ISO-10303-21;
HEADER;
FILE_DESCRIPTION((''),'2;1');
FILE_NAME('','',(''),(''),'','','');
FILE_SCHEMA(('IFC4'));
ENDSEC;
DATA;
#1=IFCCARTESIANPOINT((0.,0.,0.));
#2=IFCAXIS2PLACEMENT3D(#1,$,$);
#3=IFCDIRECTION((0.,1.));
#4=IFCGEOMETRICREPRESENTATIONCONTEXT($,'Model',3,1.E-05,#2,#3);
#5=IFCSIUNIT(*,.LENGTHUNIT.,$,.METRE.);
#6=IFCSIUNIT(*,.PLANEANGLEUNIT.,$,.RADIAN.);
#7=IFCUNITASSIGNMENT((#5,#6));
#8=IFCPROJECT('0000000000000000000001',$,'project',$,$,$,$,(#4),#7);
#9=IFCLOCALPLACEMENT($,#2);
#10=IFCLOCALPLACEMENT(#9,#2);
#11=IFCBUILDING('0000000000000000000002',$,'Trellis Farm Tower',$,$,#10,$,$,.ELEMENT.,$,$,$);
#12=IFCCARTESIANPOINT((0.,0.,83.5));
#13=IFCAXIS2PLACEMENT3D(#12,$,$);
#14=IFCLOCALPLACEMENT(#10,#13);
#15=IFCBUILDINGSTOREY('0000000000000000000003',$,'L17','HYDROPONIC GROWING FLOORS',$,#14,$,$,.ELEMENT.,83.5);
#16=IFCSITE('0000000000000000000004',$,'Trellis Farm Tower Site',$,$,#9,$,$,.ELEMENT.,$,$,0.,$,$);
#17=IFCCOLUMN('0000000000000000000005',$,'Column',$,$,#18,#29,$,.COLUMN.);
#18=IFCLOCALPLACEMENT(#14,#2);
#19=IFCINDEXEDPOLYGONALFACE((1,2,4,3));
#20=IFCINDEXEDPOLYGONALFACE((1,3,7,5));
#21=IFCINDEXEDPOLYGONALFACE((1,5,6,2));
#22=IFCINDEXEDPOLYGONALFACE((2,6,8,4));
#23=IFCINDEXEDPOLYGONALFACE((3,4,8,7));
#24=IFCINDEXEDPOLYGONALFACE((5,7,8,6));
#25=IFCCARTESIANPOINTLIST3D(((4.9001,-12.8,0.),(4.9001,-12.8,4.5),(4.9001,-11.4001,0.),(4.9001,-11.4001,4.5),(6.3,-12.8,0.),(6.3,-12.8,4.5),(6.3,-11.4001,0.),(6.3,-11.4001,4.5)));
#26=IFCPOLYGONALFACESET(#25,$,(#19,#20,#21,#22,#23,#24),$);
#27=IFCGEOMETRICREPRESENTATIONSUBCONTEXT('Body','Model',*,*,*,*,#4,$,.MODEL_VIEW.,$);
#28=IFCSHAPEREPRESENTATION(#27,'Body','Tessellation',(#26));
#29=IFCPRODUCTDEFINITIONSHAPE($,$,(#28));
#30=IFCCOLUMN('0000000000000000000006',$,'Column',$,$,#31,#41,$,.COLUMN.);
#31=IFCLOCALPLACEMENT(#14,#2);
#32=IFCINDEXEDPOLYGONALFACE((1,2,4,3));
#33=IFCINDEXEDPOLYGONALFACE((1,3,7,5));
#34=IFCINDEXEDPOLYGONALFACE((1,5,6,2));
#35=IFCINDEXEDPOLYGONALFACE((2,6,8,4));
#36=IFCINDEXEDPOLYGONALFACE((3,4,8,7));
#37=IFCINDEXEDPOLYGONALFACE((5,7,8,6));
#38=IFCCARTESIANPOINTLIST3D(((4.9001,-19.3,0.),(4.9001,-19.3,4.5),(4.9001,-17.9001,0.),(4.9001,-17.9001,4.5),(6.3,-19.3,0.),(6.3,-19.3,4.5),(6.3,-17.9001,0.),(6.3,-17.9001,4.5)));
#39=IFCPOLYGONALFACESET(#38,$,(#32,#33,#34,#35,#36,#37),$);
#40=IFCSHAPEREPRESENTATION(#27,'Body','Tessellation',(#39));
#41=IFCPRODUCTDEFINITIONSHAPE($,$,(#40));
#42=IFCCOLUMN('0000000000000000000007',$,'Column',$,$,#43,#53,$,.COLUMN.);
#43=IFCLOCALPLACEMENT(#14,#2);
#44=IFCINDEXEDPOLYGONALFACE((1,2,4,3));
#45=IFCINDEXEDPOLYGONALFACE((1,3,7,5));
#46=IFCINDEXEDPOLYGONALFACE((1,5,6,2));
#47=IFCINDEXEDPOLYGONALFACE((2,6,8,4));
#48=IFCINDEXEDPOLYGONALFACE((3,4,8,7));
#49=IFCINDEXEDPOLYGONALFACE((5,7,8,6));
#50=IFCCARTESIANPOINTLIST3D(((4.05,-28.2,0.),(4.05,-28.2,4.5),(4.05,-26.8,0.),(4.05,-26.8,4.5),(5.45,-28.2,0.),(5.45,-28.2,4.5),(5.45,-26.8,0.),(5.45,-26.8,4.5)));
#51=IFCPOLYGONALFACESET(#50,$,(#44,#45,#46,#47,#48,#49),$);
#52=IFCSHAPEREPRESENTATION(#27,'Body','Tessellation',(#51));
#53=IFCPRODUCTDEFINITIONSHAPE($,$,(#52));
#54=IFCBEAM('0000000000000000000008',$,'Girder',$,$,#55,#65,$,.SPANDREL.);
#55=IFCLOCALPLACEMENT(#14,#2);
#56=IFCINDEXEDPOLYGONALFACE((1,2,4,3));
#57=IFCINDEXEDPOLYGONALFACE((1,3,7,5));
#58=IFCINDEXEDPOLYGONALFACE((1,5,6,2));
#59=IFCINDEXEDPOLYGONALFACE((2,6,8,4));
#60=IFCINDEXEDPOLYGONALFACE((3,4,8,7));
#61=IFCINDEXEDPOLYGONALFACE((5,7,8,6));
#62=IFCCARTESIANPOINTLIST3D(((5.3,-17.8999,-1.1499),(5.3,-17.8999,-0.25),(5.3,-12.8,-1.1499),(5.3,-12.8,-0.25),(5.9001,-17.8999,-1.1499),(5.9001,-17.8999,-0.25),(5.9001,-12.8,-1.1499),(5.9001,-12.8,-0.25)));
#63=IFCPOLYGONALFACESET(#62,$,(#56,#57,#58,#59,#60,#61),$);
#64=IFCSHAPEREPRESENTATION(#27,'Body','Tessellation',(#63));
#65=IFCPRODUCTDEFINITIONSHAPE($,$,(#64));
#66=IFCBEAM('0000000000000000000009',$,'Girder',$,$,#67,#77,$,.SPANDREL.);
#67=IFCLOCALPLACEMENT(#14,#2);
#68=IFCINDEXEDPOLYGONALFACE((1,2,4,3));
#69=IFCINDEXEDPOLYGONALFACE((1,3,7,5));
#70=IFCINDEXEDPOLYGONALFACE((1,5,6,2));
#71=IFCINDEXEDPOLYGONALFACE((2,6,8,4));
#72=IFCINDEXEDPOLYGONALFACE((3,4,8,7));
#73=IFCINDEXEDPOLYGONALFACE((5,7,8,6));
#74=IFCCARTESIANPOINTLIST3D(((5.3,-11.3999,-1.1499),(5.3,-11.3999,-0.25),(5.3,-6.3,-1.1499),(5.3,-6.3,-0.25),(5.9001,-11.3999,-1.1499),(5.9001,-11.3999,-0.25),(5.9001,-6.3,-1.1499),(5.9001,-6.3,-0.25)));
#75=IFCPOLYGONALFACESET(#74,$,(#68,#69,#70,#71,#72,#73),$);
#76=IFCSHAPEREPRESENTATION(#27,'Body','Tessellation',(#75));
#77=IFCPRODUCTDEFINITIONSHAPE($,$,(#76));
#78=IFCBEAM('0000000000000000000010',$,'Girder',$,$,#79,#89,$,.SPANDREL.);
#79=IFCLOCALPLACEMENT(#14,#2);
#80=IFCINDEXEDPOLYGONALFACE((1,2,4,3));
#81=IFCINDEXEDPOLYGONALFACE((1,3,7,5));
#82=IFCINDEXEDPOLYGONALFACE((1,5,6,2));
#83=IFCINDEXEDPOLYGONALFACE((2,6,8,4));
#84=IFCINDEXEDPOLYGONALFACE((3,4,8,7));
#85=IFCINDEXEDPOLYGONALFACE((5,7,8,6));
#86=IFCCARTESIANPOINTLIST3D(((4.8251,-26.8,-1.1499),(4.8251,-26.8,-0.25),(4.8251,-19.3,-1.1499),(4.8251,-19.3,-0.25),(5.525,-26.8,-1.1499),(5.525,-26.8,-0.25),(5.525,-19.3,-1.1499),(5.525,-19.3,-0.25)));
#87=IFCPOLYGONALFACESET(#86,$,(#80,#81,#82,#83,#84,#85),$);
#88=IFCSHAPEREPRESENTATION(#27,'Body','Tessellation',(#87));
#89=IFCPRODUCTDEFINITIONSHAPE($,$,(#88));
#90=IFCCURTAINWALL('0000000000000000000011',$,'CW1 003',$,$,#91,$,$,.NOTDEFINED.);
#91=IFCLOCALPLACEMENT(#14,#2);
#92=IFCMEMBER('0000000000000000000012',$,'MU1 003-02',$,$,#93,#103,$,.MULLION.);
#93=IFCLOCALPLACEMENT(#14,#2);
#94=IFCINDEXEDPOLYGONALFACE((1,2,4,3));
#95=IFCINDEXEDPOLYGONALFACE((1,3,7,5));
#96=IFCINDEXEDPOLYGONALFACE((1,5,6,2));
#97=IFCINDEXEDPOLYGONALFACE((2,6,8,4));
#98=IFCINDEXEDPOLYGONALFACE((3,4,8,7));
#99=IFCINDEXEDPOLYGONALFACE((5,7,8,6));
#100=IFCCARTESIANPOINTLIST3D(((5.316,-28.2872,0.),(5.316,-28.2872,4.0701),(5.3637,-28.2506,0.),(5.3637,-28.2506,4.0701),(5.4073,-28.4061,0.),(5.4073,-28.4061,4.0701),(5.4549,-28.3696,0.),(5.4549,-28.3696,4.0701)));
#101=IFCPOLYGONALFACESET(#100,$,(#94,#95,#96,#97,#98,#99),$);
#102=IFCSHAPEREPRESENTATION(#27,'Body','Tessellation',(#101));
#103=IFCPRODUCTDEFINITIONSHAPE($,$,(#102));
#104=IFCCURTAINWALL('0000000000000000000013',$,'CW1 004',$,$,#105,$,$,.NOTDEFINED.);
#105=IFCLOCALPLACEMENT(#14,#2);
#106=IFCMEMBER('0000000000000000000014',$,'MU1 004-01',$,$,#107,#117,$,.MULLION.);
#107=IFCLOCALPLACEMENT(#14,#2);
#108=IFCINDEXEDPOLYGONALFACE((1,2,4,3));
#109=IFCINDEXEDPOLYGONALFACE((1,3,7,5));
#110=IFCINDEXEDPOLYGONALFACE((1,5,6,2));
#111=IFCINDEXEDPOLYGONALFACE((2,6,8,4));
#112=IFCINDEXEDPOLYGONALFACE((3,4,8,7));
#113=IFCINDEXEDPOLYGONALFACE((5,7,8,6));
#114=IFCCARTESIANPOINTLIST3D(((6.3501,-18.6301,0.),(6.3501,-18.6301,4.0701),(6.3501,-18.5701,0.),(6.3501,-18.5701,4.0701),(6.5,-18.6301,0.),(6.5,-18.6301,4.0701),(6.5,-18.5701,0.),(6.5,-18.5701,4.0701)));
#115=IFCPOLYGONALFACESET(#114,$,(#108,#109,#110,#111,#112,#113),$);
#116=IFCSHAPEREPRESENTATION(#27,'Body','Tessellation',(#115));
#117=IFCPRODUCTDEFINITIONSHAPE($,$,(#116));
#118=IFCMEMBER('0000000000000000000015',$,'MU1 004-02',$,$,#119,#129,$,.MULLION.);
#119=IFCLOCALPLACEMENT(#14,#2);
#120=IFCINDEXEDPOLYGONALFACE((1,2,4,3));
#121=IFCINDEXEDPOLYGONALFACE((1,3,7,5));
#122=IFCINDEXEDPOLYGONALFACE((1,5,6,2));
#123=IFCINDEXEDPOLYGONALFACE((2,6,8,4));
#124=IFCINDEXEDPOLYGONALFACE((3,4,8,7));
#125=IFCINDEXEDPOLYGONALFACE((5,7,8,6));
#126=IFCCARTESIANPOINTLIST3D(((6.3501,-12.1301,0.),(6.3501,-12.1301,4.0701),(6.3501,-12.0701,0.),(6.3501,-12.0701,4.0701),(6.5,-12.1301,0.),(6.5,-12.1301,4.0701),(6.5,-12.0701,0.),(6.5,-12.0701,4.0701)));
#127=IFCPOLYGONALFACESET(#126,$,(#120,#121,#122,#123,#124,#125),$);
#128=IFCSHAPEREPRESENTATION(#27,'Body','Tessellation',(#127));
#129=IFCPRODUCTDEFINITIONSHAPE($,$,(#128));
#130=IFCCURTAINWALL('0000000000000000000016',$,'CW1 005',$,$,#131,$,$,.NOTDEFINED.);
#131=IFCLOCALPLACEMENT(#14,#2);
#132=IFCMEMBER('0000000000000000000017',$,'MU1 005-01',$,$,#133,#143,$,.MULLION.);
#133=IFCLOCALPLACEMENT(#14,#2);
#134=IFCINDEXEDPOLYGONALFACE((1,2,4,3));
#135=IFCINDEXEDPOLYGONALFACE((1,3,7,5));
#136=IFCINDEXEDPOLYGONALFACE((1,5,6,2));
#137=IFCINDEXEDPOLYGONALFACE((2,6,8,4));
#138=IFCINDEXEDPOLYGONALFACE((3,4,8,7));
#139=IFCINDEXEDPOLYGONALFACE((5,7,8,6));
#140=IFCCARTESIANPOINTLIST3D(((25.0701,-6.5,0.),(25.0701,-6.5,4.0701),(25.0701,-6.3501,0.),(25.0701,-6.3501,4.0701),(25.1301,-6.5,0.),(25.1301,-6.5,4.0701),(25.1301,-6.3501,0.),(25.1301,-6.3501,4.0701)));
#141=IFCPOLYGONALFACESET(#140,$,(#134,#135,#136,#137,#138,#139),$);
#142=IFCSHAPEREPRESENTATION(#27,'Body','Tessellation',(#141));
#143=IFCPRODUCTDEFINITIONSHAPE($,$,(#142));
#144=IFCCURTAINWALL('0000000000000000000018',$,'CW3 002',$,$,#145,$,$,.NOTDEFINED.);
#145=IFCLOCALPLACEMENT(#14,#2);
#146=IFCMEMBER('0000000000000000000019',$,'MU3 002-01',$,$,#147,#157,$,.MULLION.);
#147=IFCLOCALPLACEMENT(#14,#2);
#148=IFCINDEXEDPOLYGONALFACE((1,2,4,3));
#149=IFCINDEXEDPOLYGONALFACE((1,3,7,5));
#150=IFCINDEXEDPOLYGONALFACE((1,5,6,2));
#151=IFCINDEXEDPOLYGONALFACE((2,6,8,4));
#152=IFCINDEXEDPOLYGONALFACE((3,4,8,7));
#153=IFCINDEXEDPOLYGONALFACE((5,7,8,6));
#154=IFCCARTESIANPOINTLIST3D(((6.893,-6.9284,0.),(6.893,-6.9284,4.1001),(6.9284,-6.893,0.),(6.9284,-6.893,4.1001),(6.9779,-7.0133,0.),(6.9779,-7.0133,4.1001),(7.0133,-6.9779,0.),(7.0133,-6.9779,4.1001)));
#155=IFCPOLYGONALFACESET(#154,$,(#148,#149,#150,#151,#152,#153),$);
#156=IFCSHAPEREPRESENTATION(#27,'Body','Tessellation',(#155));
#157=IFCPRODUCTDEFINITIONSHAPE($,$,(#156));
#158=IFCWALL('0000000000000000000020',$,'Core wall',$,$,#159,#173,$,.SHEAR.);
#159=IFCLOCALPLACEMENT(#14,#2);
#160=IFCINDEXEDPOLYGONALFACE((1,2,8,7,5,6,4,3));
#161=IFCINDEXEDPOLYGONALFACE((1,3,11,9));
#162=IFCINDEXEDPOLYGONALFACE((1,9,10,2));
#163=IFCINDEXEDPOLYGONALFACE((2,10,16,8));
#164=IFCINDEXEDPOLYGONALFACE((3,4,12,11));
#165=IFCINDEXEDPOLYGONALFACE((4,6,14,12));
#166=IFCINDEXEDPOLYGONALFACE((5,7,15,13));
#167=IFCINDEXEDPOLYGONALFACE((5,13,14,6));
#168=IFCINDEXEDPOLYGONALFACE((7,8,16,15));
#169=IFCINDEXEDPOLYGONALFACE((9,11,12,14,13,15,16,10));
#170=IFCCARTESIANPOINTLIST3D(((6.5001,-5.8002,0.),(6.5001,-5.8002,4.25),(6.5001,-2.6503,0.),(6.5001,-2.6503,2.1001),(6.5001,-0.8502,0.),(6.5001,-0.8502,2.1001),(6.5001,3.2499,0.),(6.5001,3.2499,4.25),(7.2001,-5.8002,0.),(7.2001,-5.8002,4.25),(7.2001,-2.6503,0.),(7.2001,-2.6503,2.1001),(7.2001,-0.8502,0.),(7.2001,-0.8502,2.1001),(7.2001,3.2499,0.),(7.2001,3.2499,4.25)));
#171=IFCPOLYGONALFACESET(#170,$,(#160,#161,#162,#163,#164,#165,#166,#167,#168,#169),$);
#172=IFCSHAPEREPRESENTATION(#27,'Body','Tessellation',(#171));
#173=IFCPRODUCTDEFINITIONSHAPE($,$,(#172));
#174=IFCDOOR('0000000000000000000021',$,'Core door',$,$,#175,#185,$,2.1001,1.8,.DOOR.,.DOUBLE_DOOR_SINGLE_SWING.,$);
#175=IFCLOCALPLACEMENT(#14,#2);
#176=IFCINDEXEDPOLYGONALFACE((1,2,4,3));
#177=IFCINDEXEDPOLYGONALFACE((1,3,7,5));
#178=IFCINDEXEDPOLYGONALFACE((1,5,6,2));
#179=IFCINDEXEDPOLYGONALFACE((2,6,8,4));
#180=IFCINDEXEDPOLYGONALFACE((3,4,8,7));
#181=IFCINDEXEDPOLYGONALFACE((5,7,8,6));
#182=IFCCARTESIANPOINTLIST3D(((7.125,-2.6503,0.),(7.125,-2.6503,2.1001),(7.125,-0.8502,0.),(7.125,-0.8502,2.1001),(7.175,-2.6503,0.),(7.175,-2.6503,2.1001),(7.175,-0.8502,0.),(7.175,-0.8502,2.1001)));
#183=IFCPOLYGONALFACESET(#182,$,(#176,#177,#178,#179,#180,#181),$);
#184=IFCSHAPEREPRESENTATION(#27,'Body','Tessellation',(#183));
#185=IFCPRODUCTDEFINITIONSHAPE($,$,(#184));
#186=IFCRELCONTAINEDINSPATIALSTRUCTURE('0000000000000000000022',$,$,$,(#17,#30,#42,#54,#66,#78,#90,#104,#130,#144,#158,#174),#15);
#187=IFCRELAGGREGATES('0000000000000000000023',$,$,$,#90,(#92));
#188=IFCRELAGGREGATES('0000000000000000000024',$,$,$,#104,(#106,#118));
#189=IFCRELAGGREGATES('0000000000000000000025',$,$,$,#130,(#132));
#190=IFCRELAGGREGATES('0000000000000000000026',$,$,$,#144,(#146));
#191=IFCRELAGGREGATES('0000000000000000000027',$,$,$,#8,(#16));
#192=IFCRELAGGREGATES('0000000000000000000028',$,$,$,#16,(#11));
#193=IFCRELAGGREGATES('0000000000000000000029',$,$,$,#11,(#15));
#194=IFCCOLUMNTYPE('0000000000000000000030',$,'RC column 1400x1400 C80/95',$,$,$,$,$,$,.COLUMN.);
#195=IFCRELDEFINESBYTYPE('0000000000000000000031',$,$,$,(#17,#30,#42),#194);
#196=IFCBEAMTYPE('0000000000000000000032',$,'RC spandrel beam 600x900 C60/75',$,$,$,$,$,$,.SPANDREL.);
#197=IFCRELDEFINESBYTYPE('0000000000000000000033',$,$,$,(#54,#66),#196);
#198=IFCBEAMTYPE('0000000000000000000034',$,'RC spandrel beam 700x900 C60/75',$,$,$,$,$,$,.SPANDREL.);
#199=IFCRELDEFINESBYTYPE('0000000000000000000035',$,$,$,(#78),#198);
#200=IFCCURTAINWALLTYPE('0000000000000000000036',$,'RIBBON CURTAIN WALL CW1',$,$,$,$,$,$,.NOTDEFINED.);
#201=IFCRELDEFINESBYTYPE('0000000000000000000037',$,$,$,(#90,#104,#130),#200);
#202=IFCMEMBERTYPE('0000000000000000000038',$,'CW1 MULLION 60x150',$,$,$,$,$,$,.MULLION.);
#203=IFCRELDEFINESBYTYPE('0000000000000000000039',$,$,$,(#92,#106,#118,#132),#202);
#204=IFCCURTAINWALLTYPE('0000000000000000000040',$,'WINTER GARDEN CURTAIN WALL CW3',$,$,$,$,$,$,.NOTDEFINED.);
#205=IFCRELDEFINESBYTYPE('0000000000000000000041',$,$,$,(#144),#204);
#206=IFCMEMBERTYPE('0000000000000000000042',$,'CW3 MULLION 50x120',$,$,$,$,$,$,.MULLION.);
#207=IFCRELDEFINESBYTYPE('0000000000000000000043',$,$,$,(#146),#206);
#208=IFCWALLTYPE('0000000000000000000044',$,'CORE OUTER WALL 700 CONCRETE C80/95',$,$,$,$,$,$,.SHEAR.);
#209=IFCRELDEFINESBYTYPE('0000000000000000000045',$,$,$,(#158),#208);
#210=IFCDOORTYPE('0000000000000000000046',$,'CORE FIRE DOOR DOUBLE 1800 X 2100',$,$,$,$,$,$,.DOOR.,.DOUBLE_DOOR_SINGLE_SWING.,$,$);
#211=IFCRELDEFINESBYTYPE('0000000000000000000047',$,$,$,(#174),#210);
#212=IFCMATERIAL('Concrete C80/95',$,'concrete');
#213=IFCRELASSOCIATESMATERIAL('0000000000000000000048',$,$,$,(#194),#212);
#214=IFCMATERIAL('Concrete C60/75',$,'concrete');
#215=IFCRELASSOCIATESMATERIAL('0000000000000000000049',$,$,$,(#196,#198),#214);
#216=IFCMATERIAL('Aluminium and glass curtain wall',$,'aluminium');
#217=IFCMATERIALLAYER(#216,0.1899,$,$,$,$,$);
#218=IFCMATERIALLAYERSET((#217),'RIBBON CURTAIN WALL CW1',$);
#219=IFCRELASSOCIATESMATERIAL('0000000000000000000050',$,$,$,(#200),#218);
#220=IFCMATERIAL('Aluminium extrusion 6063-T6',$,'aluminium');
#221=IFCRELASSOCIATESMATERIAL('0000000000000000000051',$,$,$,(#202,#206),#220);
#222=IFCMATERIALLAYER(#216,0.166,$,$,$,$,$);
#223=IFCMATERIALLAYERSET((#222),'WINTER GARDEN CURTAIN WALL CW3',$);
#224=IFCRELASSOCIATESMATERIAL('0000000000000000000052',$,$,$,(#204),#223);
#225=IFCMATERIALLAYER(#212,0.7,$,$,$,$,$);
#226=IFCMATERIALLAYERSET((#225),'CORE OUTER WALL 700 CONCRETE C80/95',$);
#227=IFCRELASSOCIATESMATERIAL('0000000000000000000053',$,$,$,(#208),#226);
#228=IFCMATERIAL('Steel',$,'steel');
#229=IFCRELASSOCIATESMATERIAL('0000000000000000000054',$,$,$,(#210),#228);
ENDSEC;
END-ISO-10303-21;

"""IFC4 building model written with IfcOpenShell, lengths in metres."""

from ifc_helpers import new_model, si_unit, direction, frame, frame_2d, origin, origin_2d, place, context, subcontext, project, spatial, rectangle, extrude, source, transform, mapped, material, layer, layer_set, material_profile, profile_set, type_object, element, fill, aggregate, save


model = new_model("IFC4")

# Units and contexts
model_context = context("Model", 3, precision=1e-05, world=origin(), true_north=direction((0.0, 1.0)))
body_context = subcontext(model_context, "Body", "Model", "MODEL_VIEW")
ifc_project = project(units=[si_unit("LENGTHUNIT", "METRE"), si_unit("PLANEANGLEUNIT", "RADIAN")], contexts=[model_context])

# Site, building, storey
site_placement = place(None, origin())
site = spatial("IfcSite", under=ifc_project, at=site_placement, Name="Trellis Farm Tower Site", CompositionType="ELEMENT", RefElevation=0.0)
building_placement = place(site_placement, origin())
building = spatial("IfcBuilding", under=site, at=building_placement, Name="Trellis Farm Tower", CompositionType="ELEMENT")
storey_placement = place(building_placement, frame((0.0, 0.0, 83.5)))
storey = spatial("IfcBuildingStorey", under=building, at=storey_placement, Name="L17", Description="HYDROPONIC GROWING FLOORS", CompositionType="ELEMENT", Elevation=83.5)

# Columns
ifc_material_1 = material(Name="Concrete C80/95", Category="concrete")
ifc_material_profile_1 = material_profile(ifc_material_1, rectangle(XDim=1.3999, YDim=1.3999, at=origin_2d()), Name="RC column 1400x1400 C80/95")
ifc_profile_set_1 = profile_set([ifc_material_profile_1], Name="Concrete C80/95")
column_type = type_object("IfcColumnType", Name="RC column 1400x1400 C80/95", PredefinedType="COLUMN", material=ifc_profile_set_1)
shared_shape_1 = source(origin(), body_context, "Body", "SweptSolid", [
    extrude(rectangle(XDim=1.3999, YDim=1.3999, at=origin_2d()), origin(), (0.0, 0.0, 1.0), 4.5),
])
for number, where, z_axis, x_axis, name in (
    (1, (5.6001, -12.1001, 0.0), (0.0, 0.0, 1.0), (1.0, 0.0, 0.0), "Column"),
    (2, (5.6001, -18.6001, 0.0), (0.0, 0.0, 1.0), (1.0, 0.0, 0.0), "Column"),
    (3, (4.75, -27.5, 0.0), (0.0, 0.0, 1.0), (1.0, 0.0, 0.0), "Column"),
):
    element("IfcColumn", number, at=place(storey_placement, frame(where, z_axis=z_axis, x_axis=x_axis)), inside=storey, type_object=column_type, Name=name, PredefinedType="COLUMN", context=body_context, shape_type="MappedRepresentation", body=[
        mapped(shared_shape_1, transform((0.0, 0.0, 0.0))),
    ])

# Beams
ifc_material_2 = material(Name="Concrete C60/75", Category="concrete")
ifc_material_profile_2 = material_profile(ifc_material_2, rectangle(XDim=0.6001, YDim=0.8999, at=origin_2d()), Name="RC spandrel beam 600x900 C60/75")
ifc_profile_set_2 = profile_set([ifc_material_profile_2], Name="Concrete C60/75")
beam_type_1 = type_object("IfcBeamType", Name="RC spandrel beam 600x900 C60/75", PredefinedType="SPANDREL", material=ifc_profile_set_2)
shared_shape_2 = source(origin(), body_context, "Body", "SweptSolid", [
    extrude(rectangle(XDim=0.6001, YDim=0.8999, at=origin_2d()), origin(), (0.0, 0.0, 1.0), 5.0999),
])
for number, where, z_axis, x_axis, name in (
    (4, (5.6001, -17.8999, -0.7), (0.0, 1.0, 0.0), (-1.0, 0.0, 0.0), "Girder"),
    (5, (5.6001, -11.3999, -0.7), (0.0, 1.0, 0.0), (-1.0, 0.0, 0.0), "Girder"),
):
    element("IfcBeam", number, at=place(storey_placement, frame(where, z_axis=z_axis, x_axis=x_axis)), inside=storey, type_object=beam_type_1, Name=name, PredefinedType="SPANDREL", context=body_context, shape_type="MappedRepresentation", body=[
        mapped(shared_shape_2, transform((0.0, 0.0, 0.0))),
    ])
ifc_material_profile_3 = material_profile(ifc_material_2, rectangle(XDim=0.7, YDim=0.8999, at=origin_2d()), Name="RC spandrel beam 700x900 C60/75")
ifc_profile_set_3 = profile_set([ifc_material_profile_3], Name="Concrete C60/75")
beam_type_2 = type_object("IfcBeamType", Name="RC spandrel beam 700x900 C60/75", PredefinedType="SPANDREL", material=ifc_profile_set_3)
shared_shape_3 = source(origin(), body_context, "Body", "SweptSolid", [
    extrude(rectangle(XDim=0.7, YDim=0.8999, at=origin_2d()), origin(), (0.0, 0.0, 1.0), 7.5),
])
beam_placement = place(storey_placement, frame((5.175, -26.8, -0.7), z_axis=(0.0, 1.0, 0.0), x_axis=(-1.0, 0.0, 0.0)))
element("IfcBeam", 6, at=beam_placement, inside=storey, type_object=beam_type_2, Name="Girder", PredefinedType="SPANDREL", context=body_context, shape_type="MappedRepresentation", body=[
    mapped(shared_shape_3, transform((0.0, 0.0, 0.0))),
])

# Curtain wall, member
ifc_material_3 = material(Name="Aluminium and glass curtain wall", Category="aluminium")
ifc_layer_1 = layer(ifc_material_3, 0.1899)
ifc_layer_set_1 = layer_set([ifc_layer_1], Name="RIBBON CURTAIN WALL CW1")
curtain_wall_type_1 = type_object("IfcCurtainWallType", Name="RIBBON CURTAIN WALL CW1", PredefinedType="NOTDEFINED", material=ifc_layer_set_1)
placement = place(storey_placement, origin())
curtain_wall_1 = element("IfcCurtainWall", 7, at=placement, inside=storey, type_object=curtain_wall_type_1, Name="CW1 003", PredefinedType="NOTDEFINED")
ifc_material_4 = material(Name="Aluminium extrusion 6063-T6", Category="aluminium")
ifc_material_profile_4 = material_profile(ifc_material_4, rectangle(XDim=0.0601, YDim=0.1499, at=origin_2d()), Name="MULLION 60x150")
ifc_profile_set_4 = profile_set([ifc_material_profile_4], Name="Aluminium extrusion 6063-T6")
member_type_1 = type_object("IfcMemberType", Name="CW1 MULLION 60x150", PredefinedType="MULLION", material=ifc_profile_set_4)
shared_shape_4 = source(origin(), body_context, "Body", "SweptSolid", [
    extrude(rectangle(XDim=0.0601, YDim=0.1499, at=origin_2d()), origin(), (0.0, 0.0, 1.0), 4.0701),
])
member_1_placement = place(storey_placement, frame((5.3855, -28.3284, 0.0), z_axis=(0.0, 0.0, 1.0), x_axis=(0.793353, 0.608761, 0.0)))
member_1 = element("IfcMember", 8, at=member_1_placement, type_object=member_type_1, Name="MU1 003-02", PredefinedType="MULLION", context=body_context, shape_type="MappedRepresentation", body=[
    mapped(shared_shape_4, transform((0.0, 0.0, 0.0))),
])
aggregate(curtain_wall_1, [member_1])

# Curtain wall, members
curtain_wall_2 = element("IfcCurtainWall", 9, at=placement, inside=storey, type_object=curtain_wall_type_1, Name="CW1 004", PredefinedType="NOTDEFINED")
member_2_placement = place(storey_placement, frame((6.425, -18.6001, 0.0), z_axis=(0.0, 0.0, 1.0), x_axis=(0.0, 1.0, 0.0)))
member_2 = element("IfcMember", 10, at=member_2_placement, type_object=member_type_1, Name="MU1 004-01", PredefinedType="MULLION", context=body_context, shape_type="MappedRepresentation", body=[
    mapped(shared_shape_4, transform((0.0, 0.0, 0.0))),
])
member_3_placement = place(storey_placement, frame((6.425, -12.1001, 0.0), z_axis=(0.0, 0.0, 1.0), x_axis=(0.0, 1.0, 0.0)))
member_3 = element("IfcMember", 11, at=member_3_placement, type_object=member_type_1, Name="MU1 004-02", PredefinedType="MULLION", context=body_context, shape_type="MappedRepresentation", body=[
    mapped(shared_shape_4, transform((0.0, 0.0, 0.0))),
])
aggregate(curtain_wall_2, [member_2, member_3])

# Curtain walls, members
curtain_wall_3 = element("IfcCurtainWall", 12, at=placement, inside=storey, type_object=curtain_wall_type_1, Name="CW1 005", PredefinedType="NOTDEFINED")
member_4_placement = place(storey_placement, frame((25.1001, -6.425, 0.0), z_axis=(0.0, 0.0, 1.0), x_axis=(1.0, 0.0, 0.0)))
member_4 = element("IfcMember", 13, at=member_4_placement, type_object=member_type_1, Name="MU1 005-01", PredefinedType="MULLION", context=body_context, shape_type="MappedRepresentation", body=[
    mapped(shared_shape_4, transform((0.0, 0.0, 0.0))),
])
aggregate(curtain_wall_3, [member_4])
ifc_layer_2 = layer(ifc_material_3, 0.166)
ifc_layer_set_2 = layer_set([ifc_layer_2], Name="WINTER GARDEN CURTAIN WALL CW3")
curtain_wall_type_2 = type_object("IfcCurtainWallType", Name="WINTER GARDEN CURTAIN WALL CW3", PredefinedType="NOTDEFINED", material=ifc_layer_set_2)
curtain_wall_4 = element("IfcCurtainWall", 14, at=placement, inside=storey, type_object=curtain_wall_type_2, Name="CW3 002", PredefinedType="NOTDEFINED")
ifc_material_profile_5 = material_profile(ifc_material_4, rectangle(XDim=0.05, YDim=0.1201, at=origin_2d()), Name="MULLION 50x120")
ifc_profile_set_5 = profile_set([ifc_material_profile_5], Name="Aluminium extrusion 6063-T6")
member_type_2 = type_object("IfcMemberType", Name="CW3 MULLION 50x120", PredefinedType="MULLION", material=ifc_profile_set_5)
shared_shape_5 = source(origin(), body_context, "Body", "SweptSolid", [
    extrude(rectangle(XDim=0.05, YDim=0.1201, at=origin_2d()), origin(), (0.0, 0.0, 1.0), 4.1001),
])
member_5_placement = place(storey_placement, frame((6.9531, -6.9531, 0.0), z_axis=(0.0, 0.0, 1.0), x_axis=(0.707107, 0.707107, 0.0)))
member_5 = element("IfcMember", 15, at=member_5_placement, type_object=member_type_2, Name="MU3 002-01", PredefinedType="MULLION", context=body_context, shape_type="MappedRepresentation", body=[
    mapped(shared_shape_5, transform((0.0, 0.0, 0.0))),
])
aggregate(curtain_wall_4, [member_5])

# Wall, opening, door
ifc_layer_3 = layer(ifc_material_1, 0.7)
ifc_layer_set_3 = layer_set([ifc_layer_3], Name="CORE OUTER WALL 700 CONCRETE C80/95")
wall_type_1 = type_object("IfcWallType", Name="CORE OUTER WALL 700 CONCRETE C80/95", PredefinedType="SHEAR", material=ifc_layer_set_3)
shared_shape_6 = source(origin(), body_context, "Body", "SweptSolid", [
    extrude(rectangle(XDim=9.05, YDim=0.7, at=frame_2d((4.5249, 0.0))), origin(), (0.0, 0.0, 1.0), 4.25),
])
wall_1_placement = place(storey_placement, frame((6.8501, -5.8, 0.0), z_axis=(0.0, 0.0, 1.0), x_axis=(0.0, 1.0, 0.0)))
wall_1 = element("IfcWall", 16, at=wall_1_placement, inside=storey, type_object=wall_type_1, Name="Core wall", PredefinedType="SHEAR", context=body_context, shape_type="MappedRepresentation", body=[
    mapped(shared_shape_6, transform((0.0, 0.0, 0.0))),
])
shared_shape_7 = source(origin(), body_context, "Body", "SweptSolid", [
    extrude(rectangle(XDim=1.8, YDim=2.1001, at=frame_2d((0.8999, 1.05))), frame((0.0, 0.3601, 0.0), z_axis=(0.0, -1.0, 0.0), x_axis=(1.0, 0.0, 0.0)), (0.0, 0.0, 1.0), 0.7202),
])
opening_1_placement = place(wall_1_placement, frame((3.1499, 0.0, 0.0)))
opening_1 = element("IfcOpeningElement", 17, at=opening_1_placement, cuts=wall_1, PredefinedType="OPENING", context=body_context, shape_type="MappedRepresentation", body=[
    mapped(shared_shape_7, transform((0.0, 0.0, 0.0))),
])
ifc_material_5 = material(Name="Steel", Category="steel")
door_type_1 = type_object("IfcDoorType", Name="CORE FIRE DOOR DOUBLE 1800 X 2100", OperationType="DOUBLE_DOOR_SINGLE_SWING", PredefinedType="DOOR", material=ifc_material_5)
shared_shape_8 = source(origin(), body_context, "Body", "SweptSolid", [
    extrude(rectangle(XDim=1.8, YDim=2.1001, at=frame_2d((0.8999, 1.05))), frame((0.0, -0.2749, 0.0), z_axis=(0.0, -1.0, 0.0), x_axis=(1.0, 0.0, 0.0)), (0.0, 0.0, 1.0), 0.05),
])
door_1_placement = place(opening_1_placement, origin())
door_1 = element("IfcDoor", 18, at=door_1_placement, inside=storey, type_object=door_type_1, Name="Core door", OperationType="DOUBLE_DOOR_SINGLE_SWING", OverallHeight=2.1001, OverallWidth=1.8, PredefinedType="DOOR", context=body_context, shape_type="MappedRepresentation", body=[
    mapped(shared_shape_8, transform((0.0, 0.0, 0.0))),
])
fill(opening_1, door_1)

save(model, "model.ifc")
